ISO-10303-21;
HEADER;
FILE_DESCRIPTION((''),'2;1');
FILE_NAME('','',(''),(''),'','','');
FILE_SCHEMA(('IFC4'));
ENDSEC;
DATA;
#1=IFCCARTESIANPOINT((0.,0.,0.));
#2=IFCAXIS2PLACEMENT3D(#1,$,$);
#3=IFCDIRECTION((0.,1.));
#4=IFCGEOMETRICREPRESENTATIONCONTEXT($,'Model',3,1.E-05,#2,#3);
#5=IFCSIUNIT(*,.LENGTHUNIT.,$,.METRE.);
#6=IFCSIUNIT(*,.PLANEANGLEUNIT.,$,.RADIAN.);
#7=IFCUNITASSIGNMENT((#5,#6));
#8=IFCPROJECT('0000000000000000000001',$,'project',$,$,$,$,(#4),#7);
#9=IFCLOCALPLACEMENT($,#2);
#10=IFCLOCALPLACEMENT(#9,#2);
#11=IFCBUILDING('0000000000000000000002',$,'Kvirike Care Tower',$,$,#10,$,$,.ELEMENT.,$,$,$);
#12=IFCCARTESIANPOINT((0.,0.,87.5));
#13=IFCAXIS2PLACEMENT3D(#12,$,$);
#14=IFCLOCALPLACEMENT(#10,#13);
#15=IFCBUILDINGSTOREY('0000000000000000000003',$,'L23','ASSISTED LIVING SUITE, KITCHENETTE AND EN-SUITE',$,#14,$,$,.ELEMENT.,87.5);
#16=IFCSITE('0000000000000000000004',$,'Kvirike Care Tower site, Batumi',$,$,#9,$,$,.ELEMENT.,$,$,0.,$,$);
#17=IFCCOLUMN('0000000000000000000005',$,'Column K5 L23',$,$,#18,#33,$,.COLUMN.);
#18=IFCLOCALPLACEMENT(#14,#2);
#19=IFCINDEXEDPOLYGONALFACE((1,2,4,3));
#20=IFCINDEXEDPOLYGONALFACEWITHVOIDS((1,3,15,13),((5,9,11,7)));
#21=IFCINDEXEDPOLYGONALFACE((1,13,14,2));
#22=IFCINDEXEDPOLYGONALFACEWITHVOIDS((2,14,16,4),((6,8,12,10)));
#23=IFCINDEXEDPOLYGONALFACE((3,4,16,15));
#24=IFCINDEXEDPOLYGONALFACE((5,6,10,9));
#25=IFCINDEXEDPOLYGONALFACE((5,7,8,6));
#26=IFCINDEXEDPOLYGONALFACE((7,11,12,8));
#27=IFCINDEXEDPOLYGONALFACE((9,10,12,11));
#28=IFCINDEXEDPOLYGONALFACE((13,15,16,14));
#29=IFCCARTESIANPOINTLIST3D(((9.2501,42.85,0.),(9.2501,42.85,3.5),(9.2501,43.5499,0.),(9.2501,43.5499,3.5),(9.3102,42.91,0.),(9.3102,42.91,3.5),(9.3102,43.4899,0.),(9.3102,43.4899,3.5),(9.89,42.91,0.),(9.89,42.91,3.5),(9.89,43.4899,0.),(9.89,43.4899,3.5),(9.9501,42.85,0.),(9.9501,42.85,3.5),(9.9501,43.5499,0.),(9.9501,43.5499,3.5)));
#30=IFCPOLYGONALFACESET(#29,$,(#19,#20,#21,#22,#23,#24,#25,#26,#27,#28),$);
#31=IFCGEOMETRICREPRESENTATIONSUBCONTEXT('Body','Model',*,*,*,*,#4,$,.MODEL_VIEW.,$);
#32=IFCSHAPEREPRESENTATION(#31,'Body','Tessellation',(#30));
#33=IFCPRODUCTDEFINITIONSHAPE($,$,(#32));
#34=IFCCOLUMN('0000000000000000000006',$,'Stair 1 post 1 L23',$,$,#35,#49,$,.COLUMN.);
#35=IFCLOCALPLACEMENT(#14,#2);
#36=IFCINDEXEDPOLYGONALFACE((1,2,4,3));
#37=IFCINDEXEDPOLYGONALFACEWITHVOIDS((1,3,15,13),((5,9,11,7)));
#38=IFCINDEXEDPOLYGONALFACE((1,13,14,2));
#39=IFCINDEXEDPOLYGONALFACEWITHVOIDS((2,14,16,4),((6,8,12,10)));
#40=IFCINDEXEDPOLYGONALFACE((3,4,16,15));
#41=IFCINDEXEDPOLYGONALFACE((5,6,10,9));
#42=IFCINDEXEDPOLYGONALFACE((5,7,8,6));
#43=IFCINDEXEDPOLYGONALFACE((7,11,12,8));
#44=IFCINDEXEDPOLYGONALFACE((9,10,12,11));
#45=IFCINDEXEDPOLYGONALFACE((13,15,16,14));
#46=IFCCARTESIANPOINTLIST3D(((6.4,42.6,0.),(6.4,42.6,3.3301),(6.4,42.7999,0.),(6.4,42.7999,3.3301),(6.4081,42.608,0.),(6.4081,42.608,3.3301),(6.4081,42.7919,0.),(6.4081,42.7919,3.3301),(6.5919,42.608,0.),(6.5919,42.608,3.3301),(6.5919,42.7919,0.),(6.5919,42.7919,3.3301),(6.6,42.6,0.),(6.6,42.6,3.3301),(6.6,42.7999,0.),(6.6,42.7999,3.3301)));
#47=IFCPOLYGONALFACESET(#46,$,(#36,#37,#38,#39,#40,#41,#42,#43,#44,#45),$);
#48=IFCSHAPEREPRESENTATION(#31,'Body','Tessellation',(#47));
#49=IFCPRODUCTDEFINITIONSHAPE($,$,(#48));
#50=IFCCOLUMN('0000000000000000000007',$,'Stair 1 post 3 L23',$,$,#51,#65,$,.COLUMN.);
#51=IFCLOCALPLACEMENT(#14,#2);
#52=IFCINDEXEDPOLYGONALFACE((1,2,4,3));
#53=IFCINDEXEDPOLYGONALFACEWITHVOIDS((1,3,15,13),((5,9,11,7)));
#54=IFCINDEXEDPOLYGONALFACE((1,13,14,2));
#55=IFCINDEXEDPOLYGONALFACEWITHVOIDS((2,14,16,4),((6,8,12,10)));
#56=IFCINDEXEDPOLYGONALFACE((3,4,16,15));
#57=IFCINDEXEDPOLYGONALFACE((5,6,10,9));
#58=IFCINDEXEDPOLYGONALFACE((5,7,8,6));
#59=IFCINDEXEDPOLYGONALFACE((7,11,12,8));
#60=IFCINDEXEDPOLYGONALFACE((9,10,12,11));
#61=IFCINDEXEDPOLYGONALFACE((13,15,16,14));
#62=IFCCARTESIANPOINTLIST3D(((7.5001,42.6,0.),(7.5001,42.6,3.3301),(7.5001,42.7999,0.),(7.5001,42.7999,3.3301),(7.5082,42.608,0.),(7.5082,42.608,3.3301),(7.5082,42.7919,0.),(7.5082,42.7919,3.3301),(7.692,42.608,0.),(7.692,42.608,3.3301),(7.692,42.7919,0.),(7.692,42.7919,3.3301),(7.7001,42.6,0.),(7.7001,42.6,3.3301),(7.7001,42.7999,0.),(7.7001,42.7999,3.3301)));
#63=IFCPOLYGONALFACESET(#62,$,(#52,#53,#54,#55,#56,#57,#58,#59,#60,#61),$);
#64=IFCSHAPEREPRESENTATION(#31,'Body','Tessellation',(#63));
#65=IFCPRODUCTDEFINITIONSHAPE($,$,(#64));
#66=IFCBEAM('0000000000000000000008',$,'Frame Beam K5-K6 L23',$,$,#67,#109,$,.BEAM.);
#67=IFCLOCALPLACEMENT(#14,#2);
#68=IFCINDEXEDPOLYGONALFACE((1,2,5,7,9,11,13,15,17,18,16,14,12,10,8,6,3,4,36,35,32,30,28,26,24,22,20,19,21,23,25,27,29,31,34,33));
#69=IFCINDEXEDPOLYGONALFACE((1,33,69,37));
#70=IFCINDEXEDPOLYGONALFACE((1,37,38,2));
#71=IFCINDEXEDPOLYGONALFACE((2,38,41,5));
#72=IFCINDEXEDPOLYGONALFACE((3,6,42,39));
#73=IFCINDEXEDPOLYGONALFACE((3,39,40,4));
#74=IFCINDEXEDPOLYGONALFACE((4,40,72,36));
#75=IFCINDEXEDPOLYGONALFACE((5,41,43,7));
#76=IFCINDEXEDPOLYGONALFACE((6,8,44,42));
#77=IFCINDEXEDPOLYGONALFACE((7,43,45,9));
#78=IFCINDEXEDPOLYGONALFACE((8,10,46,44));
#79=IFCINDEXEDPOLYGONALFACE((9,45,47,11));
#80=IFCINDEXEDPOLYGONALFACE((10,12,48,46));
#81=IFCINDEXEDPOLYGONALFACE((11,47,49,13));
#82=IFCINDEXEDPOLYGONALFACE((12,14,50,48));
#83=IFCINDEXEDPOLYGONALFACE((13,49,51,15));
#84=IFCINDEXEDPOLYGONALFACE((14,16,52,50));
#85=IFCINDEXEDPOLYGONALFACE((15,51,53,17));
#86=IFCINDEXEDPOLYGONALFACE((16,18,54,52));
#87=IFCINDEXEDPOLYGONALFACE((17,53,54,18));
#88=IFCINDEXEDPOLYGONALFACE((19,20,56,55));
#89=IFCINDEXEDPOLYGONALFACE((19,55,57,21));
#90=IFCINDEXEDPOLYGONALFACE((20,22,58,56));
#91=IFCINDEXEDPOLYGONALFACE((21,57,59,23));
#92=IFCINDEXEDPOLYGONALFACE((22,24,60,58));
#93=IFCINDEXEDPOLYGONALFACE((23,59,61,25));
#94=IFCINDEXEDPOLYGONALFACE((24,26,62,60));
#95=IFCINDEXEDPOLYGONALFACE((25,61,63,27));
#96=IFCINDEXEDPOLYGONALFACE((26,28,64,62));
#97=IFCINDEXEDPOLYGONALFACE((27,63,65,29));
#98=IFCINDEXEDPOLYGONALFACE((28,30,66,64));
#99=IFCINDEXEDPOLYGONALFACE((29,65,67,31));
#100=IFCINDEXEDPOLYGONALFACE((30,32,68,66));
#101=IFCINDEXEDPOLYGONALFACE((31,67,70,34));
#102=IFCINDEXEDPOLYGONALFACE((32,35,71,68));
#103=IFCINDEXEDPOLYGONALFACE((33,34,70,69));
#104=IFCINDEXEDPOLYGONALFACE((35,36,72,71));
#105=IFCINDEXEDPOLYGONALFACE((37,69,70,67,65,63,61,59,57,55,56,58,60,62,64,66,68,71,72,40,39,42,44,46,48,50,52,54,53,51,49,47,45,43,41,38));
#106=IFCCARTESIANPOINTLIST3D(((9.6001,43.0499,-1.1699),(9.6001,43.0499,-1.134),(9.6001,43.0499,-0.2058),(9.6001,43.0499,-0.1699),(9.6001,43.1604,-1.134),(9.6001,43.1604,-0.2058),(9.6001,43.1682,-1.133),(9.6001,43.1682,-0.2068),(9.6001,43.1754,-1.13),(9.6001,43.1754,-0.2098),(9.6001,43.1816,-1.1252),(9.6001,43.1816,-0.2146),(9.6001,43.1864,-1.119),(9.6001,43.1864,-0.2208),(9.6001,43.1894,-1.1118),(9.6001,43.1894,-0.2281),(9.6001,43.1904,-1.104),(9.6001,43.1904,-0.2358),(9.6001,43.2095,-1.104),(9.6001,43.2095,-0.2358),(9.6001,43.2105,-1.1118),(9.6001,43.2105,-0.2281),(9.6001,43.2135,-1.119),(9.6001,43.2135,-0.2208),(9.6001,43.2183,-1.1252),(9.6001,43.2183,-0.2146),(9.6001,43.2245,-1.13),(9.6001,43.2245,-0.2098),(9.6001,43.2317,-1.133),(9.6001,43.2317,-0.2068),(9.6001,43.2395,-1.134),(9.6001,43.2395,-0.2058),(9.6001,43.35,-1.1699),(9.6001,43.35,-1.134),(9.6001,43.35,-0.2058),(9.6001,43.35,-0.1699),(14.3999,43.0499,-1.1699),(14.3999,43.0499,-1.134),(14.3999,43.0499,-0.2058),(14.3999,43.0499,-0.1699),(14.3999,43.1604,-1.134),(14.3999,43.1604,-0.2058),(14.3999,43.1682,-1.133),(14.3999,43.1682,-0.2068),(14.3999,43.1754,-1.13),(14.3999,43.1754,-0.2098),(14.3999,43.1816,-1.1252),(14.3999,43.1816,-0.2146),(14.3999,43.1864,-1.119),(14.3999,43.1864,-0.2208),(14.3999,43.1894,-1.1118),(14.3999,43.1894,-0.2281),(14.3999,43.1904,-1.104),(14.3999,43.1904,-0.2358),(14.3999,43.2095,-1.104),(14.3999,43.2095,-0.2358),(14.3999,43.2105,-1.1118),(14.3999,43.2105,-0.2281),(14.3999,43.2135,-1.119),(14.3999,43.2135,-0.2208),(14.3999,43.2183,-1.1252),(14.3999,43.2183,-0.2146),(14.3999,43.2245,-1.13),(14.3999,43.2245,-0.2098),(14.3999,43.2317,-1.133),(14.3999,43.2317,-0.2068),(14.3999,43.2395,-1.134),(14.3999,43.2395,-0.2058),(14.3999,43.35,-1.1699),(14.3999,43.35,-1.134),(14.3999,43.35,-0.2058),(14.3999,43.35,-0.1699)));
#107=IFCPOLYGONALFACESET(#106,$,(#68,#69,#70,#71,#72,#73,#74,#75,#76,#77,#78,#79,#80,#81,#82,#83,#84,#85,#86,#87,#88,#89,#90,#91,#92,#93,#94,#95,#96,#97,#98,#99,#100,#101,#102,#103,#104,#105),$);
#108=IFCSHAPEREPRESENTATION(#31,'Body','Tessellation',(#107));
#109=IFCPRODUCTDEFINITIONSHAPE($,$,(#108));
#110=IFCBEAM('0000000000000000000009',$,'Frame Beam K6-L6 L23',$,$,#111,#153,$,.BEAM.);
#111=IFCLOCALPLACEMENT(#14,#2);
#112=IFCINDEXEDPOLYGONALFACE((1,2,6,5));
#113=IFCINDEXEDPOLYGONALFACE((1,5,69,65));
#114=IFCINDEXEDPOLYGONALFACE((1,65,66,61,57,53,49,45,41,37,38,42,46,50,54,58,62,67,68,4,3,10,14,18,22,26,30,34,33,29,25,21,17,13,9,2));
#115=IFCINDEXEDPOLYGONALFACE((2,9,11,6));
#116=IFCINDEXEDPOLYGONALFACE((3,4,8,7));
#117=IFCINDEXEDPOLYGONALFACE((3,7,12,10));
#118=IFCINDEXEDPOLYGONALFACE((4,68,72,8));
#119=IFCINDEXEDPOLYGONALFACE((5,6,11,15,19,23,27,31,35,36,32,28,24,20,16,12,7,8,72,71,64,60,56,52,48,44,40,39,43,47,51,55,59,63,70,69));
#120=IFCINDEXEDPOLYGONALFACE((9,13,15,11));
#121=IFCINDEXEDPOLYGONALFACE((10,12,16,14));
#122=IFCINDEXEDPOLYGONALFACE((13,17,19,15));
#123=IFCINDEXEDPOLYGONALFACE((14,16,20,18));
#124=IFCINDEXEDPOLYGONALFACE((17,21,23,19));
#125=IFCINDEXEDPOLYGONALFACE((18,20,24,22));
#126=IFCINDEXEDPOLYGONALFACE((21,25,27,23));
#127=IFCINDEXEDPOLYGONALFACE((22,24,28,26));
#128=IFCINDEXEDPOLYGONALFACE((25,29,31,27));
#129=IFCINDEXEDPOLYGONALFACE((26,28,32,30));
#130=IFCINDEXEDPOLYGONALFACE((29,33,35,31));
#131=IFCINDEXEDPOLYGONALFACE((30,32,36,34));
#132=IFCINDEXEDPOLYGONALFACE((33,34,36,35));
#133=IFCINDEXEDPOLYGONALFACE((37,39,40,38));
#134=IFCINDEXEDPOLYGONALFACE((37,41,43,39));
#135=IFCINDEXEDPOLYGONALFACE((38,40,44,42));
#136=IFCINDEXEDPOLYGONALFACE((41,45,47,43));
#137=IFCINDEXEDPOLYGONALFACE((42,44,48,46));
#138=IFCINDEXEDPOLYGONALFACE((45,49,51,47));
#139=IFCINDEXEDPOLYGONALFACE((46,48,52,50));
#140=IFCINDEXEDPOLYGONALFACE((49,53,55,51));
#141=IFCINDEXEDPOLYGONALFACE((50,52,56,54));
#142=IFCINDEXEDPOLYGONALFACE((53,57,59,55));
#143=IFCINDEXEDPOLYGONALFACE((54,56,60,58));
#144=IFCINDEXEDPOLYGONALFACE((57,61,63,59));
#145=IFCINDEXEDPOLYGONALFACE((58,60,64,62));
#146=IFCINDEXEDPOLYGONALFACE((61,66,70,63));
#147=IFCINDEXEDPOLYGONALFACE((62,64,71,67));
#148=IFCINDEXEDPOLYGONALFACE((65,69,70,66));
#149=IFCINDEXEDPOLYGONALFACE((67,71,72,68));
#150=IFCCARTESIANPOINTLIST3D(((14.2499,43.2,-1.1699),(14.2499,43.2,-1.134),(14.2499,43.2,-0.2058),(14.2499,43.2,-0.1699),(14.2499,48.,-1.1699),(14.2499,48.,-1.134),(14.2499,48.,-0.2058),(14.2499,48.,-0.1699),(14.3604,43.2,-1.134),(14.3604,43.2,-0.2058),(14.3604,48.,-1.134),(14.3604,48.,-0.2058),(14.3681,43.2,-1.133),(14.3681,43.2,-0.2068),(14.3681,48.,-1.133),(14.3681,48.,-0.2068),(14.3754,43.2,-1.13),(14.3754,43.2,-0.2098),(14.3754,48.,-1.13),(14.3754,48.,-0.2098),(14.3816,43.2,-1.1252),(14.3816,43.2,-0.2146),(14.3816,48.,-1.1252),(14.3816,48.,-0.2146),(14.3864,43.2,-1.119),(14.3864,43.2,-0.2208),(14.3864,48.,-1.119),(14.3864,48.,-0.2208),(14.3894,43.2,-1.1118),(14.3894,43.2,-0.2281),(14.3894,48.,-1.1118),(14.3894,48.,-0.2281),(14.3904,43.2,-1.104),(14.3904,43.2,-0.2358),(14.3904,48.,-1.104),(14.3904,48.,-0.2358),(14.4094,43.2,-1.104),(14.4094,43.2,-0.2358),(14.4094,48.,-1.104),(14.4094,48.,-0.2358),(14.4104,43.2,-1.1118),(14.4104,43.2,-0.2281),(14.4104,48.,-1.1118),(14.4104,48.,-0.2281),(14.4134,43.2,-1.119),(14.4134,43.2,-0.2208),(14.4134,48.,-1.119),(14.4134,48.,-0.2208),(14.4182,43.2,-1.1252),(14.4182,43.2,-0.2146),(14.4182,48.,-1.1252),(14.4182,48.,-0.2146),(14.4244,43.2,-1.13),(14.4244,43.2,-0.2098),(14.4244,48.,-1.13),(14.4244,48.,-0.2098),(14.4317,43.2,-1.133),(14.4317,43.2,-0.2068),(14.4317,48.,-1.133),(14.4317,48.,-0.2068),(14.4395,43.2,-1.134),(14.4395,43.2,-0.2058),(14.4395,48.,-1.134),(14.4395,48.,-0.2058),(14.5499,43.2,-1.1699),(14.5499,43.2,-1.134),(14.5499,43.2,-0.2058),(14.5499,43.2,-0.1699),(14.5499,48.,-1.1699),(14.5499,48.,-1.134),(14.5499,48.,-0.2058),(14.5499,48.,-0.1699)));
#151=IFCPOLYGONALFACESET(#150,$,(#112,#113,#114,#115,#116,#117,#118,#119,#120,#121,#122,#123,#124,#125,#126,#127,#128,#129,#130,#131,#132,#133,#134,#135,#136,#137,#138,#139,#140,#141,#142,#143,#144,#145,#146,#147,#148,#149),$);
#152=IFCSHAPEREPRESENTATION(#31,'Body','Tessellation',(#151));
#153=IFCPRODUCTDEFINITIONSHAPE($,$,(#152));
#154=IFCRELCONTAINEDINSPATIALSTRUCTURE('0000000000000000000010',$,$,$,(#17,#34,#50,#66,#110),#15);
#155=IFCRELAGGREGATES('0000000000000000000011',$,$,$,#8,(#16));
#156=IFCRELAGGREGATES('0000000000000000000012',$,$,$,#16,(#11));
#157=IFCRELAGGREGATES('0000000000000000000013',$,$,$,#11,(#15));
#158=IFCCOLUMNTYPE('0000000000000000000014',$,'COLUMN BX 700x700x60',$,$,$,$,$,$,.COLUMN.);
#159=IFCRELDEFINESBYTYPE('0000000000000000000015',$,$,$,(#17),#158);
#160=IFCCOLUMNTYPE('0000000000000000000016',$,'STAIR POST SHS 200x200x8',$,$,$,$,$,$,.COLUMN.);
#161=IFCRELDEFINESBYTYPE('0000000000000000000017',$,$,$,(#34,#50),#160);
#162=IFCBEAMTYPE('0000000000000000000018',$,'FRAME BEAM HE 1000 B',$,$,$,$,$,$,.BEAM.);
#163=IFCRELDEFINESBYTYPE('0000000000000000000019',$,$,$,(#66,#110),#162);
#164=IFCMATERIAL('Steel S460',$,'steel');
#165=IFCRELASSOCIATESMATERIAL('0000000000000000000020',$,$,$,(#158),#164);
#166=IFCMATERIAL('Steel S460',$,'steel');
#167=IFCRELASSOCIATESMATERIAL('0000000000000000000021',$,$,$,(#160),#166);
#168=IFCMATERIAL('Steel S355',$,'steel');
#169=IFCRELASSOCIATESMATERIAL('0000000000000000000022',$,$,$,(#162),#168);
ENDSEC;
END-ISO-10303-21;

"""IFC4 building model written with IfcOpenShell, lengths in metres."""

from ifc_helpers import new_model, si_unit, direction, frame, origin, origin_2d, place, context, subcontext, project, spatial, hollow_rectangle, i_section, extrude, material, material_profile, profile_set, type_object, element, save


model = new_model("IFC4")

# Units and contexts
model_context = context("Model", 3, precision=1e-05, world=origin(), true_north=direction((0.0, 1.0)))
body_context = subcontext(model_context, "Body", "Model", "MODEL_VIEW")
ifc_project = project(units=[si_unit("LENGTHUNIT", "METRE"), si_unit("PLANEANGLEUNIT", "RADIAN")], contexts=[model_context])

# Site, building, storey
site_placement = place(None, origin())
site = spatial("IfcSite", under=ifc_project, at=site_placement, Name="Kvirike Care Tower site, Batumi", CompositionType="ELEMENT", RefElevation=0.0)
building_placement = place(site_placement, origin())
building = spatial("IfcBuilding", under=site, at=building_placement, Name="Kvirike Care Tower", CompositionType="ELEMENT")
storey_placement = place(building_placement, frame((0.0, 0.0, 87.5)))
storey = spatial("IfcBuildingStorey", under=building, at=storey_placement, Name="L23", Description="ASSISTED LIVING SUITE, KITCHENETTE AND EN-SUITE", CompositionType="ELEMENT", Elevation=87.5)

# Columns
ifc_material_1 = material(Name="Steel S460", Category="steel")
ifc_material_profile_1 = material_profile(ifc_material_1, hollow_rectangle(XDim=0.7, YDim=0.7, WallThickness=0.0601, at=origin_2d()), Name="BX 700x700x60")
ifc_profile_set_1 = profile_set([ifc_material_profile_1], Name="Steel S460")
column_type_1 = type_object("IfcColumnType", Name="COLUMN BX 700x700x60", PredefinedType="COLUMN", material=ifc_profile_set_1)
column_placement = place(storey_placement, frame((9.6001, 43.2, 0.0), z_axis=(0.0, 0.0, 1.0), x_axis=(0.0, 1.0, 0.0)))
element("IfcColumn", 1, at=column_placement, inside=storey, type_object=column_type_1, Name="Column K5 L23", PredefinedType="COLUMN", context=body_context, shape_type="SweptSolid", body=[
    extrude(hollow_rectangle(XDim=0.7, YDim=0.7, WallThickness=0.0601, at=origin_2d()), origin(), (0.0, 0.0, 1.0), 3.5),
])
ifc_material_2 = material(Name="Steel S460", Category="steel")
ifc_material_profile_2 = material_profile(ifc_material_2, hollow_rectangle(XDim=0.2, YDim=0.2, WallThickness=0.0081, at=origin_2d()), Name="SHS 200x200x8")
ifc_profile_set_2 = profile_set([ifc_material_profile_2], Name="Steel S460")
column_type_2 = type_object("IfcColumnType", Name="STAIR POST SHS 200x200x8", PredefinedType="COLUMN", material=ifc_profile_set_2)
for number, where, z_axis, x_axis, name in (
    (2, (6.5, 42.7, 0.0), (0.0, 0.0, 1.0), (1.0, 0.0, 0.0), "Stair 1 post 1 L23"),
    (3, (7.6001, 42.7, 0.0), (0.0, 0.0, 1.0), (1.0, 0.0, 0.0), "Stair 1 post 3 L23"),
):
    element("IfcColumn", number, at=place(storey_placement, frame(where, z_axis=z_axis, x_axis=x_axis)), inside=storey, type_object=column_type_2, Name=name, PredefinedType="COLUMN", context=body_context, shape_type="SweptSolid", body=[
        extrude(hollow_rectangle(XDim=0.2, YDim=0.2, WallThickness=0.0081, at=origin_2d()), origin(), (0.0, 0.0, 1.0), 3.3301),
    ])

# Beams
ifc_material_3 = material(Name="Steel S355", Category="steel")
ifc_material_profile_3 = material_profile(ifc_material_3, i_section(OverallWidth=0.3, OverallDepth=1.0, WebThickness=0.019, FlangeThickness=0.0359, FilletRadius=0.03, at=origin_2d()), Name="HE 1000 B")
ifc_profile_set_3 = profile_set([ifc_material_profile_3], Name="Steel S355")
beam_type_1 = type_object("IfcBeamType", Name="FRAME BEAM HE 1000 B", PredefinedType="BEAM", material=ifc_profile_set_3)
beam_1_placement = place(storey_placement, frame((9.6001, 43.2, -0.6699), z_axis=(1.0, 0.0, 0.0), x_axis=(0.0, 1.0, 0.0)))
element("IfcBeam", 4, at=beam_1_placement, inside=storey, type_object=beam_type_1, Name="Frame Beam K5-K6 L23", PredefinedType="BEAM", context=body_context, shape_type="SweptSolid", body=[
    extrude(i_section(OverallWidth=0.3, OverallDepth=1.0, WebThickness=0.019, FlangeThickness=0.0359, FilletRadius=0.03, at=origin_2d()), origin(), (0.0, 0.0, 1.0), 4.7998),
])
beam_2_placement = place(storey_placement, frame((14.3999, 43.2, -0.6699), z_axis=(0.0, 1.0, 0.0), x_axis=(-1.0, 0.0, 0.0)))
element("IfcBeam", 5, at=beam_2_placement, inside=storey, type_object=beam_type_1, Name="Frame Beam K6-L6 L23", PredefinedType="BEAM", context=body_context, shape_type="SweptSolid", body=[
    extrude(i_section(OverallWidth=0.3, OverallDepth=1.0, WebThickness=0.019, FlangeThickness=0.0359, FilletRadius=0.03, at=origin_2d()), origin(), (0.0, 0.0, 1.0), 4.8),
])

save(model, "model.ifc")
